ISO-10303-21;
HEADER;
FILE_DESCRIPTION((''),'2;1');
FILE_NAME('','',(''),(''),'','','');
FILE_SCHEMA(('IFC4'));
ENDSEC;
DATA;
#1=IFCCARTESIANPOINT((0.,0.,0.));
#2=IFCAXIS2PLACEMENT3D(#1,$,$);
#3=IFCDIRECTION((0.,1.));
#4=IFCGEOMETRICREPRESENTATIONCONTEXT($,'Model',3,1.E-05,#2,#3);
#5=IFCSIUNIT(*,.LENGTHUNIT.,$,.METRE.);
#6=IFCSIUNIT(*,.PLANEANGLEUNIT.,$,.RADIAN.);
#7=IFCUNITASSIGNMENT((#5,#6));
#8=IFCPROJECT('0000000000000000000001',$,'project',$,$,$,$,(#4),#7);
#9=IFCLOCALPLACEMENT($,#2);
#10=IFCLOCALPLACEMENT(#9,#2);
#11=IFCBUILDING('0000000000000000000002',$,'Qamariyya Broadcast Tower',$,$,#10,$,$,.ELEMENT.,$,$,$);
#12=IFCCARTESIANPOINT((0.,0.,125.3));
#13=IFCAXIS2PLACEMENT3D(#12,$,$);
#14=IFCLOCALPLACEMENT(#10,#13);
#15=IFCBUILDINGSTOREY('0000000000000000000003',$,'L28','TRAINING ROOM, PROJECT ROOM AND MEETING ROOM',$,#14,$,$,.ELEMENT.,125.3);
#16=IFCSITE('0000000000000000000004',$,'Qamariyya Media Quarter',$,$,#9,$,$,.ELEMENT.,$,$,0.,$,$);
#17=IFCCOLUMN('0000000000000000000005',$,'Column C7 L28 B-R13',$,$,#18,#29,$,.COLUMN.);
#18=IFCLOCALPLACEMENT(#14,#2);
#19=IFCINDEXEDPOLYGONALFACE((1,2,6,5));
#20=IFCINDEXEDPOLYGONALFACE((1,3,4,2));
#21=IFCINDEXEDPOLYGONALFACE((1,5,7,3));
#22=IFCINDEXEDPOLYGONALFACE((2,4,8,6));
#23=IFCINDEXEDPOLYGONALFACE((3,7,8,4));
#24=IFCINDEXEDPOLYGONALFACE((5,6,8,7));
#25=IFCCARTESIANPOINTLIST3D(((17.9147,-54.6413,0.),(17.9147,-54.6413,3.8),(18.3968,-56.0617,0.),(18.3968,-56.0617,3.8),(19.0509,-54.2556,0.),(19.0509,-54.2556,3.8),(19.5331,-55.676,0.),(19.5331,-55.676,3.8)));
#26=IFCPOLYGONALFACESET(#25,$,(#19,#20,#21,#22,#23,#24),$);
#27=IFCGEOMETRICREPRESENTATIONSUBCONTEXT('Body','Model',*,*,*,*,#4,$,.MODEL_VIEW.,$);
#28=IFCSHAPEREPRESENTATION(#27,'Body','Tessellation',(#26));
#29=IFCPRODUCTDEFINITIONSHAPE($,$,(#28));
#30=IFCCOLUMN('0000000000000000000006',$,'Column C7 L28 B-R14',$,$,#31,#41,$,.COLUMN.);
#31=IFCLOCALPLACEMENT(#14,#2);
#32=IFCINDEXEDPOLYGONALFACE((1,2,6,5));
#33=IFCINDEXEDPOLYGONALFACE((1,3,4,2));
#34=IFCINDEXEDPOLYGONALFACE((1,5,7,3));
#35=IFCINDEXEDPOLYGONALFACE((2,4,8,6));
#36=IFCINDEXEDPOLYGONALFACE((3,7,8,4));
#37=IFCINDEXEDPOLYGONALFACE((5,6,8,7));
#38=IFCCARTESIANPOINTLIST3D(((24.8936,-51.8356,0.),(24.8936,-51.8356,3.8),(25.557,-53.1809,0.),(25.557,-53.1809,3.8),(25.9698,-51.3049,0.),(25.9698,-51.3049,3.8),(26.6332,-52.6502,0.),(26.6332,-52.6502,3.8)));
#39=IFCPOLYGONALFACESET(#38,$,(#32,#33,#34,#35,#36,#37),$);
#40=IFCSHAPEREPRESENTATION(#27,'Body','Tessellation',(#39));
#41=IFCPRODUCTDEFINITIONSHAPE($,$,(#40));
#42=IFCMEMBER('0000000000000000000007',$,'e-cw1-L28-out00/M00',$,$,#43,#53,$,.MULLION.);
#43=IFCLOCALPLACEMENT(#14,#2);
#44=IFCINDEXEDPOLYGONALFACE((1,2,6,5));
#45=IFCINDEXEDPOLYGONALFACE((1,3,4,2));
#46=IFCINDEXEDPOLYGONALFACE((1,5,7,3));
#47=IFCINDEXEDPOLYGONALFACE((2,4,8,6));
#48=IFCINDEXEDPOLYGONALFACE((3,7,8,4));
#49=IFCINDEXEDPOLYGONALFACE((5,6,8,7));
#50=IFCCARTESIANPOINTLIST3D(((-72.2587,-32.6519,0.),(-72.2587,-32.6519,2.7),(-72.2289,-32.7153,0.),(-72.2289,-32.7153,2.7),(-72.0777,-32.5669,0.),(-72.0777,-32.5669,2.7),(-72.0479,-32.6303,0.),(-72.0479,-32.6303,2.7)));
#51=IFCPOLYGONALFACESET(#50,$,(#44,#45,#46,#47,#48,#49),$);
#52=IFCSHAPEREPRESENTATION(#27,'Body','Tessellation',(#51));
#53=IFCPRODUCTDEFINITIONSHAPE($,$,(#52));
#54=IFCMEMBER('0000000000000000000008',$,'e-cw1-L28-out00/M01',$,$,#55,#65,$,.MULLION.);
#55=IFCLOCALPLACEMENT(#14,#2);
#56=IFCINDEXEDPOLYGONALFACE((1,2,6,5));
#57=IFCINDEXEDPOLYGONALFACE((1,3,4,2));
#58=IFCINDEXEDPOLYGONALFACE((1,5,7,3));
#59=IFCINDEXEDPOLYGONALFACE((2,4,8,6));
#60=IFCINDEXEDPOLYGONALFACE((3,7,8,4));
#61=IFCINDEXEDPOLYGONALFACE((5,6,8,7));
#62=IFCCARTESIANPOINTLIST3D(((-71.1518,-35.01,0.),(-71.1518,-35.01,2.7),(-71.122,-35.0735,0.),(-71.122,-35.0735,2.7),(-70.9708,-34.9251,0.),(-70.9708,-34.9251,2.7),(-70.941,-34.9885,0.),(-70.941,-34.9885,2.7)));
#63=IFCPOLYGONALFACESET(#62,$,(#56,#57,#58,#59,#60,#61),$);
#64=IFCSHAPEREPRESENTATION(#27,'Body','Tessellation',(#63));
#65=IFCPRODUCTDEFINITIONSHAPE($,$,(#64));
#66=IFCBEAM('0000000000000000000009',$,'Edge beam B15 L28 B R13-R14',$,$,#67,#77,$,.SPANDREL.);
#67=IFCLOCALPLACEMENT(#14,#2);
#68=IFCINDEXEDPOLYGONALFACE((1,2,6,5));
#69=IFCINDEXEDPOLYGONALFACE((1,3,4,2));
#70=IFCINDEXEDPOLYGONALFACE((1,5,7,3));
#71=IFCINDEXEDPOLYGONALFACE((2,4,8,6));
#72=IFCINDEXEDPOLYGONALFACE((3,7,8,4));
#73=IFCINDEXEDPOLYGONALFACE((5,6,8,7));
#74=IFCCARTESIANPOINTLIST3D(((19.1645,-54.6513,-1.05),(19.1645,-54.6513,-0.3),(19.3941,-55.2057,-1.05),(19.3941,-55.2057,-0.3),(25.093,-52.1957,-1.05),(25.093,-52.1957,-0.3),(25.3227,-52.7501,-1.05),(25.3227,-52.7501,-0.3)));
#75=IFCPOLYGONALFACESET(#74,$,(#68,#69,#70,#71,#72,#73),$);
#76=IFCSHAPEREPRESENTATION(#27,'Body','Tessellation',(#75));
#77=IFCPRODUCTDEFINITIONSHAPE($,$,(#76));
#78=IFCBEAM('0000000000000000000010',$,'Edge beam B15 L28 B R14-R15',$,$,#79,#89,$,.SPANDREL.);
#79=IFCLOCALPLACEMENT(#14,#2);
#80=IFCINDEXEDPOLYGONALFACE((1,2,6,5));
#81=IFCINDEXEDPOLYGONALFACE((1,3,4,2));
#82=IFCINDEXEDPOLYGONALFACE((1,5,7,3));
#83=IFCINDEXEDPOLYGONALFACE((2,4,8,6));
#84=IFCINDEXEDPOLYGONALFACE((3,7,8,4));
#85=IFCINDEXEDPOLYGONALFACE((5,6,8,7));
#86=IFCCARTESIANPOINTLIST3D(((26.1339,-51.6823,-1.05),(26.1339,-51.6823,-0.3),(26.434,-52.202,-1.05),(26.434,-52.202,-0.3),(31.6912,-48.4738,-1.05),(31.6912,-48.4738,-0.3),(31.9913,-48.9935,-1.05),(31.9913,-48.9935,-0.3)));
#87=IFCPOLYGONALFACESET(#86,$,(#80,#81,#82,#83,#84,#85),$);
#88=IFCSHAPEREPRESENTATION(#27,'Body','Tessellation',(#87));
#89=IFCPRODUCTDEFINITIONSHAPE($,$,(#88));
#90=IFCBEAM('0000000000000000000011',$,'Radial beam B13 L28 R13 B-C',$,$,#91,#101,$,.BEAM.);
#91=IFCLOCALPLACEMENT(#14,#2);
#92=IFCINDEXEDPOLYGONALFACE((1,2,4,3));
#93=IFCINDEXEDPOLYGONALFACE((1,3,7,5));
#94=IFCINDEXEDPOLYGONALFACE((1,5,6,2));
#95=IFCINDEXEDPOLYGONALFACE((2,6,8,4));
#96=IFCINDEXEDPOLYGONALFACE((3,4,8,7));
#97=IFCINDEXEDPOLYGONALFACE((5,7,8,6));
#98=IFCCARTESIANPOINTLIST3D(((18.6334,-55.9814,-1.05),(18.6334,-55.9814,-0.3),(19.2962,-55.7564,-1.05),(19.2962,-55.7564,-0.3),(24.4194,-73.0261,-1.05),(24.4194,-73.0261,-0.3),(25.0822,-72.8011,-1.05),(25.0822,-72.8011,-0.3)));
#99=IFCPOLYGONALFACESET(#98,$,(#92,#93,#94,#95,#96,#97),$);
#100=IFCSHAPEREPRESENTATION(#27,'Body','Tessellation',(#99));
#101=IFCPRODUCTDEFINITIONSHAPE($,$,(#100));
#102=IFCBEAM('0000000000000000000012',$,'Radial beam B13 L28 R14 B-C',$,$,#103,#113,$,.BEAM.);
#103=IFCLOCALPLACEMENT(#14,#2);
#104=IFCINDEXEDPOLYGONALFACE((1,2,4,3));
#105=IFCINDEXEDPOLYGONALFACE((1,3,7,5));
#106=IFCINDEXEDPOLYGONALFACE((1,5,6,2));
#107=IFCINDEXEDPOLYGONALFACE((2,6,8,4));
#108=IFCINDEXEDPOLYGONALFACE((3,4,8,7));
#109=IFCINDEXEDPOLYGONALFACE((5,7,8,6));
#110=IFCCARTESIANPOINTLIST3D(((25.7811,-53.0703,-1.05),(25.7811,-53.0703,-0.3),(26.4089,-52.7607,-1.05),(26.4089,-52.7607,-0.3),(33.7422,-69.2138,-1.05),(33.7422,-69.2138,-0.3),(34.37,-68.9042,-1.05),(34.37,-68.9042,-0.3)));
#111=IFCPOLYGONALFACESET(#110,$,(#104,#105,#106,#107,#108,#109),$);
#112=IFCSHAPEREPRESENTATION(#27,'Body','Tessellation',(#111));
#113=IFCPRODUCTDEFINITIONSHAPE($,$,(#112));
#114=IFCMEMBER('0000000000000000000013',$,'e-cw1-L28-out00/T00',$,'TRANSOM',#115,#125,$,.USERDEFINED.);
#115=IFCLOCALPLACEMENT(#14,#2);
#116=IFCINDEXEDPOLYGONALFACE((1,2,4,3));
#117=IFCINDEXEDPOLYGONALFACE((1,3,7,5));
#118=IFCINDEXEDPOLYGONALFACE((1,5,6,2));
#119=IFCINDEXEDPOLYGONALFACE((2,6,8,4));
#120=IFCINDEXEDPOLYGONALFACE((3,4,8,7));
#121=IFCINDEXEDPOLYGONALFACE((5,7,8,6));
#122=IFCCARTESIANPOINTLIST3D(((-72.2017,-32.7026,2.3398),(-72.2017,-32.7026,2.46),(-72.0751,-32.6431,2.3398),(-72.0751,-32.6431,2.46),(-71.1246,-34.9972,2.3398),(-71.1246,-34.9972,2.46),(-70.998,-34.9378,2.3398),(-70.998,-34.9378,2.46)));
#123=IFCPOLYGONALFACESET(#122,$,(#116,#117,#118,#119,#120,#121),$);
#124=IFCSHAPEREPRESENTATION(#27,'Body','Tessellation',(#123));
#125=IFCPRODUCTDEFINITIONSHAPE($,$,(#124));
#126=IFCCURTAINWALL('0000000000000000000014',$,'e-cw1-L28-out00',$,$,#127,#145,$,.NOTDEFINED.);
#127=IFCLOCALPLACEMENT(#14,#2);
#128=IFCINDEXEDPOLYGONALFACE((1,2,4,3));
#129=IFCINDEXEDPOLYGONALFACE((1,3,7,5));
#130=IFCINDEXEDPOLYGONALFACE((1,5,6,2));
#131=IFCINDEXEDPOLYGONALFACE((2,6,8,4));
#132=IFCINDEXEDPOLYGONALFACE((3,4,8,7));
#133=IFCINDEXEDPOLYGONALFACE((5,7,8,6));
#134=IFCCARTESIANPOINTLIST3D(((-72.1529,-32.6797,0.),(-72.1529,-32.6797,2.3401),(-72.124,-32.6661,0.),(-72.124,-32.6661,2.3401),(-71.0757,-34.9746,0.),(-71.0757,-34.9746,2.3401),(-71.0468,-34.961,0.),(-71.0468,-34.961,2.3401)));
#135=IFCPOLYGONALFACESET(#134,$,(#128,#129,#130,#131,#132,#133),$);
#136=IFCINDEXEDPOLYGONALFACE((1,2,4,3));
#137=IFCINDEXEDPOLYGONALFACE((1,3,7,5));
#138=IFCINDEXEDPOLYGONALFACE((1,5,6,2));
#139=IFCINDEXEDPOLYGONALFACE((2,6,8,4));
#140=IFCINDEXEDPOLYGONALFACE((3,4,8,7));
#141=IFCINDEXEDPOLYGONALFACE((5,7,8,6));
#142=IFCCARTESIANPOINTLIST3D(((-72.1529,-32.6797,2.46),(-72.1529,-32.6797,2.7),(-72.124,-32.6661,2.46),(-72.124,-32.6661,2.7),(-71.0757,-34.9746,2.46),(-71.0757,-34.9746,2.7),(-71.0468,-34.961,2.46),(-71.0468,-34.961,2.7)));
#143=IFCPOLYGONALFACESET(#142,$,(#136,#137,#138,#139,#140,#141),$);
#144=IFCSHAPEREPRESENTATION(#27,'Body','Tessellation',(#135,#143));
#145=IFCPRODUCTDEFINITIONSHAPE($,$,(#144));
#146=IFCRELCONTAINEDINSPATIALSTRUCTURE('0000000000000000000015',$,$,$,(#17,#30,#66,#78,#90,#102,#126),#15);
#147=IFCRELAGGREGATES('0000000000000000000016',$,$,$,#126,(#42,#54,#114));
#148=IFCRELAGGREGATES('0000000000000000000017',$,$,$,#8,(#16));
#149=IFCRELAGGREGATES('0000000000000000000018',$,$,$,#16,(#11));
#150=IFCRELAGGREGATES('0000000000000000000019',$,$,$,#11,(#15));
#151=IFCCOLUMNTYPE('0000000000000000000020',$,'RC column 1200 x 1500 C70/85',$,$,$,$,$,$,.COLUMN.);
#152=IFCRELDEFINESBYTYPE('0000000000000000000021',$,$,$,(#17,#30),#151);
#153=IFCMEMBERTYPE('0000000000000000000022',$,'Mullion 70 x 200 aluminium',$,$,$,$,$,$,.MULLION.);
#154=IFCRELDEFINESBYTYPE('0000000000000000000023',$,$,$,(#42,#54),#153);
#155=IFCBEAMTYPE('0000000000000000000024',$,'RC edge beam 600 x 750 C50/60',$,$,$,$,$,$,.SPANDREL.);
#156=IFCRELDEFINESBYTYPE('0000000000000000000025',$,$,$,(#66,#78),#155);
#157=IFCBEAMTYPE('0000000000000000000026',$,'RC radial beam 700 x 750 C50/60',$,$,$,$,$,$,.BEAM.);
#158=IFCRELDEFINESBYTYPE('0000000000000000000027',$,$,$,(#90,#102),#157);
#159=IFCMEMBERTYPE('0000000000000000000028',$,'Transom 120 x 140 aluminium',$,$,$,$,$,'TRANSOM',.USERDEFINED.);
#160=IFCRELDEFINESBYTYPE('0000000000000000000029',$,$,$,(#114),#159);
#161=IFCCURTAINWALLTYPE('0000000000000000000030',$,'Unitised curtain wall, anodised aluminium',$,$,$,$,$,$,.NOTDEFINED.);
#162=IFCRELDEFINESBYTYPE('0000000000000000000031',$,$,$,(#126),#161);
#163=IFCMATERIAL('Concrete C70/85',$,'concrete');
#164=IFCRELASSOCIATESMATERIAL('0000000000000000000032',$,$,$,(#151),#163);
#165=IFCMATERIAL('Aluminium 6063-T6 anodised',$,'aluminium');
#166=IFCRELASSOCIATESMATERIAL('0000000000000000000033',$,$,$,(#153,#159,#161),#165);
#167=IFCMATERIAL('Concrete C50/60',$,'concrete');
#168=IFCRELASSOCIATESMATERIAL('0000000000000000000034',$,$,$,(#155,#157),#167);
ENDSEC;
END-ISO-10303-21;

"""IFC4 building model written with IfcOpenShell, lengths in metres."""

from ifc_helpers import new_model, si_unit, direction, frame, origin, origin_2d, place, context, subcontext, project, spatial, rectangle, extrude, material, material_profile, profile_set, type_object, element, aggregate, save


model = new_model("IFC4")

# Units and contexts
model_context = context("Model", 3, precision=1e-05, world=origin(), true_north=direction((0.0, 1.0)))
body_context = subcontext(model_context, "Body", "Model", "MODEL_VIEW")
ifc_project = project(units=[si_unit("LENGTHUNIT", "METRE"), si_unit("PLANEANGLEUNIT", "RADIAN")], contexts=[model_context])

# Site, building, storey
site_placement = place(None, origin())
site = spatial("IfcSite", under=ifc_project, at=site_placement, Name="Qamariyya Media Quarter", CompositionType="ELEMENT", RefElevation=0.0)
building_placement = place(site_placement, origin())
building = spatial("IfcBuilding", under=site, at=building_placement, Name="Qamariyya Broadcast Tower", CompositionType="ELEMENT")
storey_placement = place(building_placement, frame((0.0, 0.0, 125.3)))
storey = spatial("IfcBuildingStorey", under=building, at=storey_placement, Name="L28", Description="TRAINING ROOM, PROJECT ROOM AND MEETING ROOM", CompositionType="ELEMENT", Elevation=125.3)

# Columns
ifc_material_1 = material(Name="Concrete C70/85", Category="concrete")
ifc_material_profile_1 = material_profile(ifc_material_1, rectangle(XDim=1.2, YDim=1.5, at=origin_2d()))
ifc_profile_set_1 = profile_set([ifc_material_profile_1], Name="Concrete C70/85")
column_type = type_object("IfcColumnType", Name="RC column 1200 x 1500 C70/85", PredefinedType="COLUMN", material=ifc_profile_set_1)
for number, where, z_axis, x_axis, name in (
    (1, (18.7239, -55.1587, 0.0), (0.0, 0.0, 1.0), (0.94693, 0.321439, 0.0), "Column C7 L28 B-R13"),
    (2, (25.7634, -52.2429, 0.0), (0.0, 0.0, 1.0), (0.896873, 0.442289, 0.0), "Column C7 L28 B-R14"),
):
    element("IfcColumn", number, at=place(storey_placement, frame(where, z_axis=z_axis, x_axis=x_axis)), inside=storey, type_object=column_type, Name=name, PredefinedType="COLUMN", context=body_context, shape_type="SweptSolid", body=[
        extrude(rectangle(XDim=1.2, YDim=1.5, at=origin_2d()), origin(), (0.0, 0.0, 1.0), 3.8),
    ])

# Members
ifc_material_2 = material(Name="Aluminium 6063-T6 anodised", Category="aluminium")
ifc_material_profile_2 = material_profile(ifc_material_2, rectangle(XDim=0.2, YDim=0.0701, at=origin_2d()))
ifc_profile_set_2 = profile_set([ifc_material_profile_2], Name="Aluminium 6063-T6 anodised")
member_type_1 = type_object("IfcMemberType", Name="Mullion 70 x 200 aluminium", PredefinedType="MULLION", material=ifc_profile_set_2)
member_1_placement = place(storey_placement, frame((-72.1533, -32.6411, 0.0), z_axis=(0.0, 0.0, 1.0), x_axis=(0.905239, 0.424902, 0.0)))
member_1 = element("IfcMember", 3, at=member_1_placement, type_object=member_type_1, Name="e-cw1-L28-out00/M00", PredefinedType="MULLION", context=body_context, shape_type="SweptSolid", body=[
    extrude(rectangle(XDim=0.2, YDim=0.0701, at=origin_2d()), origin(), (0.0, 0.0, 1.0), 2.7),
])
member_2_placement = place(storey_placement, frame((-71.0464, -34.9993, 0.0), z_axis=(0.0, 0.0, 1.0), x_axis=(0.905239, 0.424902, 0.0)))
member_2 = element("IfcMember", 4, at=member_2_placement, type_object=member_type_1, Name="e-cw1-L28-out00/M01", PredefinedType="MULLION", context=body_context, shape_type="SweptSolid", body=[
    extrude(rectangle(XDim=0.2, YDim=0.0701, at=origin_2d()), origin(), (0.0, 0.0, 1.0), 2.7),
])

# Beams
ifc_material_3 = material(Name="Concrete C50/60", Category="concrete")
ifc_material_profile_3 = material_profile(ifc_material_3, rectangle(XDim=0.6001, YDim=0.75, at=origin_2d()))
ifc_profile_set_3 = profile_set([ifc_material_profile_3], Name="Concrete C50/60")
beam_type_1 = type_object("IfcBeamType", Name="RC edge beam 600 x 750 C50/60", PredefinedType="SPANDREL", material=ifc_profile_set_3)
for number, where, z_axis, x_axis, name in (
    (5, (19.2793, -54.9285, -0.675), (0.923884, 0.382672, 0.0), (-0.382672, 0.923884, 0.0), "Edge beam B15 L28 B R13-R14"),
    (6, (26.2839, -51.9421, -0.675), (0.866029, 0.499994, 0.0), (-0.499994, 0.866029, 0.0), "Edge beam B15 L28 B R14-R15"),
):
    element("IfcBeam", number, at=place(storey_placement, frame(where, z_axis=z_axis, x_axis=x_axis)), inside=storey, type_object=beam_type_1, Name=name, PredefinedType="SPANDREL", context=body_context, shape_type="SweptSolid", body=[
        extrude(rectangle(XDim=0.6001, YDim=0.75, at=origin_2d()), origin(), (0.0, 0.0, 1.0), 6.417),
    ])
ifc_material_profile_4 = material_profile(ifc_material_3, rectangle(XDim=0.7, YDim=0.75, at=origin_2d()))
ifc_profile_set_4 = profile_set([ifc_material_profile_4], Name="Concrete C50/60")
beam_type_2 = type_object("IfcBeamType", Name="RC radial beam 700 x 750 C50/60", PredefinedType="BEAM", material=ifc_profile_set_4)
beam_1_placement = place(storey_placement, frame((18.9648, -55.8689, -0.675), z_axis=(0.321439, -0.94693, 0.0), x_axis=(0.94693, 0.321439, 0.0)))
element("IfcBeam", 7, at=beam_1_placement, inside=storey, type_object=beam_type_2, Name="Radial beam B13 L28 R13 B-C", PredefinedType="BEAM", context=body_context, shape_type="SweptSolid", body=[
    extrude(rectangle(XDim=0.7, YDim=0.75, at=origin_2d()), origin(), (0.0, 0.0, 1.0), 18.0),
])
beam_2_placement = place(storey_placement, frame((26.095, -52.9155, -0.675), z_axis=(0.442291, -0.896871, 0.0), x_axis=(0.896871, 0.442291, 0.0)))
element("IfcBeam", 8, at=beam_2_placement, inside=storey, type_object=beam_type_2, Name="Radial beam B13 L28 R14 B-C", PredefinedType="BEAM", context=body_context, shape_type="SweptSolid", body=[
    extrude(rectangle(XDim=0.7, YDim=0.75, at=origin_2d()), origin(), (0.0, 0.0, 1.0), 17.9998),
])

# Member
ifc_material_profile_5 = material_profile(ifc_material_2, rectangle(XDim=0.1399, YDim=0.1201, at=origin_2d()))
ifc_profile_set_5 = profile_set([ifc_material_profile_5], Name="Aluminium 6063-T6 anodised")
member_type_2 = type_object("IfcMemberType", Name="Transom 120 x 140 aluminium", ElementType="TRANSOM", PredefinedType="USERDEFINED", material=ifc_profile_set_5)
member_3_placement = place(storey_placement, frame((-72.1384, -32.6729, 2.3999), z_axis=(0.424925, -0.905229, 0.0), x_axis=(0.905229, 0.424925, 0.0)))
member_3 = element("IfcMember", 9, at=member_3_placement, type_object=member_type_2, Name="e-cw1-L28-out00/T00", ObjectType="TRANSOM", PredefinedType="USERDEFINED", context=body_context, shape_type="SweptSolid", body=[
    extrude(rectangle(XDim=0.1399, YDim=0.1201, at=origin_2d()), origin(), (0.0, 0.0, 1.0), 2.5349),
])

# Curtain wall
curtain_wall_type = type_object("IfcCurtainWallType", Name="Unitised curtain wall, anodised aluminium", PredefinedType="NOTDEFINED", material=ifc_material_2)
curtain_wall_placement = place(storey_placement, origin())
curtain_wall = element("IfcCurtainWall", 10, at=curtain_wall_placement, inside=storey, type_object=curtain_wall_type, Name="e-cw1-L28-out00", PredefinedType="NOTDEFINED", context=body_context, shape_type="SweptSolid", body=[
    extrude(rectangle(XDim=2.5352, YDim=0.032, at=origin_2d()), frame((-71.5999, -33.8203, 0.0), x_axis=(0.424918, -0.905232, 0.0)), (0.0, 0.0, 1.0), 2.3401),
    extrude(rectangle(XDim=2.5352, YDim=0.032, at=origin_2d()), frame((-71.5999, -33.8203, 2.46), x_axis=(0.424918, -0.905232, 0.0)), (0.0, 0.0, 1.0), 0.24),
])
aggregate(curtain_wall, [member_1, member_2, member_3])

save(model, "model.ifc")
